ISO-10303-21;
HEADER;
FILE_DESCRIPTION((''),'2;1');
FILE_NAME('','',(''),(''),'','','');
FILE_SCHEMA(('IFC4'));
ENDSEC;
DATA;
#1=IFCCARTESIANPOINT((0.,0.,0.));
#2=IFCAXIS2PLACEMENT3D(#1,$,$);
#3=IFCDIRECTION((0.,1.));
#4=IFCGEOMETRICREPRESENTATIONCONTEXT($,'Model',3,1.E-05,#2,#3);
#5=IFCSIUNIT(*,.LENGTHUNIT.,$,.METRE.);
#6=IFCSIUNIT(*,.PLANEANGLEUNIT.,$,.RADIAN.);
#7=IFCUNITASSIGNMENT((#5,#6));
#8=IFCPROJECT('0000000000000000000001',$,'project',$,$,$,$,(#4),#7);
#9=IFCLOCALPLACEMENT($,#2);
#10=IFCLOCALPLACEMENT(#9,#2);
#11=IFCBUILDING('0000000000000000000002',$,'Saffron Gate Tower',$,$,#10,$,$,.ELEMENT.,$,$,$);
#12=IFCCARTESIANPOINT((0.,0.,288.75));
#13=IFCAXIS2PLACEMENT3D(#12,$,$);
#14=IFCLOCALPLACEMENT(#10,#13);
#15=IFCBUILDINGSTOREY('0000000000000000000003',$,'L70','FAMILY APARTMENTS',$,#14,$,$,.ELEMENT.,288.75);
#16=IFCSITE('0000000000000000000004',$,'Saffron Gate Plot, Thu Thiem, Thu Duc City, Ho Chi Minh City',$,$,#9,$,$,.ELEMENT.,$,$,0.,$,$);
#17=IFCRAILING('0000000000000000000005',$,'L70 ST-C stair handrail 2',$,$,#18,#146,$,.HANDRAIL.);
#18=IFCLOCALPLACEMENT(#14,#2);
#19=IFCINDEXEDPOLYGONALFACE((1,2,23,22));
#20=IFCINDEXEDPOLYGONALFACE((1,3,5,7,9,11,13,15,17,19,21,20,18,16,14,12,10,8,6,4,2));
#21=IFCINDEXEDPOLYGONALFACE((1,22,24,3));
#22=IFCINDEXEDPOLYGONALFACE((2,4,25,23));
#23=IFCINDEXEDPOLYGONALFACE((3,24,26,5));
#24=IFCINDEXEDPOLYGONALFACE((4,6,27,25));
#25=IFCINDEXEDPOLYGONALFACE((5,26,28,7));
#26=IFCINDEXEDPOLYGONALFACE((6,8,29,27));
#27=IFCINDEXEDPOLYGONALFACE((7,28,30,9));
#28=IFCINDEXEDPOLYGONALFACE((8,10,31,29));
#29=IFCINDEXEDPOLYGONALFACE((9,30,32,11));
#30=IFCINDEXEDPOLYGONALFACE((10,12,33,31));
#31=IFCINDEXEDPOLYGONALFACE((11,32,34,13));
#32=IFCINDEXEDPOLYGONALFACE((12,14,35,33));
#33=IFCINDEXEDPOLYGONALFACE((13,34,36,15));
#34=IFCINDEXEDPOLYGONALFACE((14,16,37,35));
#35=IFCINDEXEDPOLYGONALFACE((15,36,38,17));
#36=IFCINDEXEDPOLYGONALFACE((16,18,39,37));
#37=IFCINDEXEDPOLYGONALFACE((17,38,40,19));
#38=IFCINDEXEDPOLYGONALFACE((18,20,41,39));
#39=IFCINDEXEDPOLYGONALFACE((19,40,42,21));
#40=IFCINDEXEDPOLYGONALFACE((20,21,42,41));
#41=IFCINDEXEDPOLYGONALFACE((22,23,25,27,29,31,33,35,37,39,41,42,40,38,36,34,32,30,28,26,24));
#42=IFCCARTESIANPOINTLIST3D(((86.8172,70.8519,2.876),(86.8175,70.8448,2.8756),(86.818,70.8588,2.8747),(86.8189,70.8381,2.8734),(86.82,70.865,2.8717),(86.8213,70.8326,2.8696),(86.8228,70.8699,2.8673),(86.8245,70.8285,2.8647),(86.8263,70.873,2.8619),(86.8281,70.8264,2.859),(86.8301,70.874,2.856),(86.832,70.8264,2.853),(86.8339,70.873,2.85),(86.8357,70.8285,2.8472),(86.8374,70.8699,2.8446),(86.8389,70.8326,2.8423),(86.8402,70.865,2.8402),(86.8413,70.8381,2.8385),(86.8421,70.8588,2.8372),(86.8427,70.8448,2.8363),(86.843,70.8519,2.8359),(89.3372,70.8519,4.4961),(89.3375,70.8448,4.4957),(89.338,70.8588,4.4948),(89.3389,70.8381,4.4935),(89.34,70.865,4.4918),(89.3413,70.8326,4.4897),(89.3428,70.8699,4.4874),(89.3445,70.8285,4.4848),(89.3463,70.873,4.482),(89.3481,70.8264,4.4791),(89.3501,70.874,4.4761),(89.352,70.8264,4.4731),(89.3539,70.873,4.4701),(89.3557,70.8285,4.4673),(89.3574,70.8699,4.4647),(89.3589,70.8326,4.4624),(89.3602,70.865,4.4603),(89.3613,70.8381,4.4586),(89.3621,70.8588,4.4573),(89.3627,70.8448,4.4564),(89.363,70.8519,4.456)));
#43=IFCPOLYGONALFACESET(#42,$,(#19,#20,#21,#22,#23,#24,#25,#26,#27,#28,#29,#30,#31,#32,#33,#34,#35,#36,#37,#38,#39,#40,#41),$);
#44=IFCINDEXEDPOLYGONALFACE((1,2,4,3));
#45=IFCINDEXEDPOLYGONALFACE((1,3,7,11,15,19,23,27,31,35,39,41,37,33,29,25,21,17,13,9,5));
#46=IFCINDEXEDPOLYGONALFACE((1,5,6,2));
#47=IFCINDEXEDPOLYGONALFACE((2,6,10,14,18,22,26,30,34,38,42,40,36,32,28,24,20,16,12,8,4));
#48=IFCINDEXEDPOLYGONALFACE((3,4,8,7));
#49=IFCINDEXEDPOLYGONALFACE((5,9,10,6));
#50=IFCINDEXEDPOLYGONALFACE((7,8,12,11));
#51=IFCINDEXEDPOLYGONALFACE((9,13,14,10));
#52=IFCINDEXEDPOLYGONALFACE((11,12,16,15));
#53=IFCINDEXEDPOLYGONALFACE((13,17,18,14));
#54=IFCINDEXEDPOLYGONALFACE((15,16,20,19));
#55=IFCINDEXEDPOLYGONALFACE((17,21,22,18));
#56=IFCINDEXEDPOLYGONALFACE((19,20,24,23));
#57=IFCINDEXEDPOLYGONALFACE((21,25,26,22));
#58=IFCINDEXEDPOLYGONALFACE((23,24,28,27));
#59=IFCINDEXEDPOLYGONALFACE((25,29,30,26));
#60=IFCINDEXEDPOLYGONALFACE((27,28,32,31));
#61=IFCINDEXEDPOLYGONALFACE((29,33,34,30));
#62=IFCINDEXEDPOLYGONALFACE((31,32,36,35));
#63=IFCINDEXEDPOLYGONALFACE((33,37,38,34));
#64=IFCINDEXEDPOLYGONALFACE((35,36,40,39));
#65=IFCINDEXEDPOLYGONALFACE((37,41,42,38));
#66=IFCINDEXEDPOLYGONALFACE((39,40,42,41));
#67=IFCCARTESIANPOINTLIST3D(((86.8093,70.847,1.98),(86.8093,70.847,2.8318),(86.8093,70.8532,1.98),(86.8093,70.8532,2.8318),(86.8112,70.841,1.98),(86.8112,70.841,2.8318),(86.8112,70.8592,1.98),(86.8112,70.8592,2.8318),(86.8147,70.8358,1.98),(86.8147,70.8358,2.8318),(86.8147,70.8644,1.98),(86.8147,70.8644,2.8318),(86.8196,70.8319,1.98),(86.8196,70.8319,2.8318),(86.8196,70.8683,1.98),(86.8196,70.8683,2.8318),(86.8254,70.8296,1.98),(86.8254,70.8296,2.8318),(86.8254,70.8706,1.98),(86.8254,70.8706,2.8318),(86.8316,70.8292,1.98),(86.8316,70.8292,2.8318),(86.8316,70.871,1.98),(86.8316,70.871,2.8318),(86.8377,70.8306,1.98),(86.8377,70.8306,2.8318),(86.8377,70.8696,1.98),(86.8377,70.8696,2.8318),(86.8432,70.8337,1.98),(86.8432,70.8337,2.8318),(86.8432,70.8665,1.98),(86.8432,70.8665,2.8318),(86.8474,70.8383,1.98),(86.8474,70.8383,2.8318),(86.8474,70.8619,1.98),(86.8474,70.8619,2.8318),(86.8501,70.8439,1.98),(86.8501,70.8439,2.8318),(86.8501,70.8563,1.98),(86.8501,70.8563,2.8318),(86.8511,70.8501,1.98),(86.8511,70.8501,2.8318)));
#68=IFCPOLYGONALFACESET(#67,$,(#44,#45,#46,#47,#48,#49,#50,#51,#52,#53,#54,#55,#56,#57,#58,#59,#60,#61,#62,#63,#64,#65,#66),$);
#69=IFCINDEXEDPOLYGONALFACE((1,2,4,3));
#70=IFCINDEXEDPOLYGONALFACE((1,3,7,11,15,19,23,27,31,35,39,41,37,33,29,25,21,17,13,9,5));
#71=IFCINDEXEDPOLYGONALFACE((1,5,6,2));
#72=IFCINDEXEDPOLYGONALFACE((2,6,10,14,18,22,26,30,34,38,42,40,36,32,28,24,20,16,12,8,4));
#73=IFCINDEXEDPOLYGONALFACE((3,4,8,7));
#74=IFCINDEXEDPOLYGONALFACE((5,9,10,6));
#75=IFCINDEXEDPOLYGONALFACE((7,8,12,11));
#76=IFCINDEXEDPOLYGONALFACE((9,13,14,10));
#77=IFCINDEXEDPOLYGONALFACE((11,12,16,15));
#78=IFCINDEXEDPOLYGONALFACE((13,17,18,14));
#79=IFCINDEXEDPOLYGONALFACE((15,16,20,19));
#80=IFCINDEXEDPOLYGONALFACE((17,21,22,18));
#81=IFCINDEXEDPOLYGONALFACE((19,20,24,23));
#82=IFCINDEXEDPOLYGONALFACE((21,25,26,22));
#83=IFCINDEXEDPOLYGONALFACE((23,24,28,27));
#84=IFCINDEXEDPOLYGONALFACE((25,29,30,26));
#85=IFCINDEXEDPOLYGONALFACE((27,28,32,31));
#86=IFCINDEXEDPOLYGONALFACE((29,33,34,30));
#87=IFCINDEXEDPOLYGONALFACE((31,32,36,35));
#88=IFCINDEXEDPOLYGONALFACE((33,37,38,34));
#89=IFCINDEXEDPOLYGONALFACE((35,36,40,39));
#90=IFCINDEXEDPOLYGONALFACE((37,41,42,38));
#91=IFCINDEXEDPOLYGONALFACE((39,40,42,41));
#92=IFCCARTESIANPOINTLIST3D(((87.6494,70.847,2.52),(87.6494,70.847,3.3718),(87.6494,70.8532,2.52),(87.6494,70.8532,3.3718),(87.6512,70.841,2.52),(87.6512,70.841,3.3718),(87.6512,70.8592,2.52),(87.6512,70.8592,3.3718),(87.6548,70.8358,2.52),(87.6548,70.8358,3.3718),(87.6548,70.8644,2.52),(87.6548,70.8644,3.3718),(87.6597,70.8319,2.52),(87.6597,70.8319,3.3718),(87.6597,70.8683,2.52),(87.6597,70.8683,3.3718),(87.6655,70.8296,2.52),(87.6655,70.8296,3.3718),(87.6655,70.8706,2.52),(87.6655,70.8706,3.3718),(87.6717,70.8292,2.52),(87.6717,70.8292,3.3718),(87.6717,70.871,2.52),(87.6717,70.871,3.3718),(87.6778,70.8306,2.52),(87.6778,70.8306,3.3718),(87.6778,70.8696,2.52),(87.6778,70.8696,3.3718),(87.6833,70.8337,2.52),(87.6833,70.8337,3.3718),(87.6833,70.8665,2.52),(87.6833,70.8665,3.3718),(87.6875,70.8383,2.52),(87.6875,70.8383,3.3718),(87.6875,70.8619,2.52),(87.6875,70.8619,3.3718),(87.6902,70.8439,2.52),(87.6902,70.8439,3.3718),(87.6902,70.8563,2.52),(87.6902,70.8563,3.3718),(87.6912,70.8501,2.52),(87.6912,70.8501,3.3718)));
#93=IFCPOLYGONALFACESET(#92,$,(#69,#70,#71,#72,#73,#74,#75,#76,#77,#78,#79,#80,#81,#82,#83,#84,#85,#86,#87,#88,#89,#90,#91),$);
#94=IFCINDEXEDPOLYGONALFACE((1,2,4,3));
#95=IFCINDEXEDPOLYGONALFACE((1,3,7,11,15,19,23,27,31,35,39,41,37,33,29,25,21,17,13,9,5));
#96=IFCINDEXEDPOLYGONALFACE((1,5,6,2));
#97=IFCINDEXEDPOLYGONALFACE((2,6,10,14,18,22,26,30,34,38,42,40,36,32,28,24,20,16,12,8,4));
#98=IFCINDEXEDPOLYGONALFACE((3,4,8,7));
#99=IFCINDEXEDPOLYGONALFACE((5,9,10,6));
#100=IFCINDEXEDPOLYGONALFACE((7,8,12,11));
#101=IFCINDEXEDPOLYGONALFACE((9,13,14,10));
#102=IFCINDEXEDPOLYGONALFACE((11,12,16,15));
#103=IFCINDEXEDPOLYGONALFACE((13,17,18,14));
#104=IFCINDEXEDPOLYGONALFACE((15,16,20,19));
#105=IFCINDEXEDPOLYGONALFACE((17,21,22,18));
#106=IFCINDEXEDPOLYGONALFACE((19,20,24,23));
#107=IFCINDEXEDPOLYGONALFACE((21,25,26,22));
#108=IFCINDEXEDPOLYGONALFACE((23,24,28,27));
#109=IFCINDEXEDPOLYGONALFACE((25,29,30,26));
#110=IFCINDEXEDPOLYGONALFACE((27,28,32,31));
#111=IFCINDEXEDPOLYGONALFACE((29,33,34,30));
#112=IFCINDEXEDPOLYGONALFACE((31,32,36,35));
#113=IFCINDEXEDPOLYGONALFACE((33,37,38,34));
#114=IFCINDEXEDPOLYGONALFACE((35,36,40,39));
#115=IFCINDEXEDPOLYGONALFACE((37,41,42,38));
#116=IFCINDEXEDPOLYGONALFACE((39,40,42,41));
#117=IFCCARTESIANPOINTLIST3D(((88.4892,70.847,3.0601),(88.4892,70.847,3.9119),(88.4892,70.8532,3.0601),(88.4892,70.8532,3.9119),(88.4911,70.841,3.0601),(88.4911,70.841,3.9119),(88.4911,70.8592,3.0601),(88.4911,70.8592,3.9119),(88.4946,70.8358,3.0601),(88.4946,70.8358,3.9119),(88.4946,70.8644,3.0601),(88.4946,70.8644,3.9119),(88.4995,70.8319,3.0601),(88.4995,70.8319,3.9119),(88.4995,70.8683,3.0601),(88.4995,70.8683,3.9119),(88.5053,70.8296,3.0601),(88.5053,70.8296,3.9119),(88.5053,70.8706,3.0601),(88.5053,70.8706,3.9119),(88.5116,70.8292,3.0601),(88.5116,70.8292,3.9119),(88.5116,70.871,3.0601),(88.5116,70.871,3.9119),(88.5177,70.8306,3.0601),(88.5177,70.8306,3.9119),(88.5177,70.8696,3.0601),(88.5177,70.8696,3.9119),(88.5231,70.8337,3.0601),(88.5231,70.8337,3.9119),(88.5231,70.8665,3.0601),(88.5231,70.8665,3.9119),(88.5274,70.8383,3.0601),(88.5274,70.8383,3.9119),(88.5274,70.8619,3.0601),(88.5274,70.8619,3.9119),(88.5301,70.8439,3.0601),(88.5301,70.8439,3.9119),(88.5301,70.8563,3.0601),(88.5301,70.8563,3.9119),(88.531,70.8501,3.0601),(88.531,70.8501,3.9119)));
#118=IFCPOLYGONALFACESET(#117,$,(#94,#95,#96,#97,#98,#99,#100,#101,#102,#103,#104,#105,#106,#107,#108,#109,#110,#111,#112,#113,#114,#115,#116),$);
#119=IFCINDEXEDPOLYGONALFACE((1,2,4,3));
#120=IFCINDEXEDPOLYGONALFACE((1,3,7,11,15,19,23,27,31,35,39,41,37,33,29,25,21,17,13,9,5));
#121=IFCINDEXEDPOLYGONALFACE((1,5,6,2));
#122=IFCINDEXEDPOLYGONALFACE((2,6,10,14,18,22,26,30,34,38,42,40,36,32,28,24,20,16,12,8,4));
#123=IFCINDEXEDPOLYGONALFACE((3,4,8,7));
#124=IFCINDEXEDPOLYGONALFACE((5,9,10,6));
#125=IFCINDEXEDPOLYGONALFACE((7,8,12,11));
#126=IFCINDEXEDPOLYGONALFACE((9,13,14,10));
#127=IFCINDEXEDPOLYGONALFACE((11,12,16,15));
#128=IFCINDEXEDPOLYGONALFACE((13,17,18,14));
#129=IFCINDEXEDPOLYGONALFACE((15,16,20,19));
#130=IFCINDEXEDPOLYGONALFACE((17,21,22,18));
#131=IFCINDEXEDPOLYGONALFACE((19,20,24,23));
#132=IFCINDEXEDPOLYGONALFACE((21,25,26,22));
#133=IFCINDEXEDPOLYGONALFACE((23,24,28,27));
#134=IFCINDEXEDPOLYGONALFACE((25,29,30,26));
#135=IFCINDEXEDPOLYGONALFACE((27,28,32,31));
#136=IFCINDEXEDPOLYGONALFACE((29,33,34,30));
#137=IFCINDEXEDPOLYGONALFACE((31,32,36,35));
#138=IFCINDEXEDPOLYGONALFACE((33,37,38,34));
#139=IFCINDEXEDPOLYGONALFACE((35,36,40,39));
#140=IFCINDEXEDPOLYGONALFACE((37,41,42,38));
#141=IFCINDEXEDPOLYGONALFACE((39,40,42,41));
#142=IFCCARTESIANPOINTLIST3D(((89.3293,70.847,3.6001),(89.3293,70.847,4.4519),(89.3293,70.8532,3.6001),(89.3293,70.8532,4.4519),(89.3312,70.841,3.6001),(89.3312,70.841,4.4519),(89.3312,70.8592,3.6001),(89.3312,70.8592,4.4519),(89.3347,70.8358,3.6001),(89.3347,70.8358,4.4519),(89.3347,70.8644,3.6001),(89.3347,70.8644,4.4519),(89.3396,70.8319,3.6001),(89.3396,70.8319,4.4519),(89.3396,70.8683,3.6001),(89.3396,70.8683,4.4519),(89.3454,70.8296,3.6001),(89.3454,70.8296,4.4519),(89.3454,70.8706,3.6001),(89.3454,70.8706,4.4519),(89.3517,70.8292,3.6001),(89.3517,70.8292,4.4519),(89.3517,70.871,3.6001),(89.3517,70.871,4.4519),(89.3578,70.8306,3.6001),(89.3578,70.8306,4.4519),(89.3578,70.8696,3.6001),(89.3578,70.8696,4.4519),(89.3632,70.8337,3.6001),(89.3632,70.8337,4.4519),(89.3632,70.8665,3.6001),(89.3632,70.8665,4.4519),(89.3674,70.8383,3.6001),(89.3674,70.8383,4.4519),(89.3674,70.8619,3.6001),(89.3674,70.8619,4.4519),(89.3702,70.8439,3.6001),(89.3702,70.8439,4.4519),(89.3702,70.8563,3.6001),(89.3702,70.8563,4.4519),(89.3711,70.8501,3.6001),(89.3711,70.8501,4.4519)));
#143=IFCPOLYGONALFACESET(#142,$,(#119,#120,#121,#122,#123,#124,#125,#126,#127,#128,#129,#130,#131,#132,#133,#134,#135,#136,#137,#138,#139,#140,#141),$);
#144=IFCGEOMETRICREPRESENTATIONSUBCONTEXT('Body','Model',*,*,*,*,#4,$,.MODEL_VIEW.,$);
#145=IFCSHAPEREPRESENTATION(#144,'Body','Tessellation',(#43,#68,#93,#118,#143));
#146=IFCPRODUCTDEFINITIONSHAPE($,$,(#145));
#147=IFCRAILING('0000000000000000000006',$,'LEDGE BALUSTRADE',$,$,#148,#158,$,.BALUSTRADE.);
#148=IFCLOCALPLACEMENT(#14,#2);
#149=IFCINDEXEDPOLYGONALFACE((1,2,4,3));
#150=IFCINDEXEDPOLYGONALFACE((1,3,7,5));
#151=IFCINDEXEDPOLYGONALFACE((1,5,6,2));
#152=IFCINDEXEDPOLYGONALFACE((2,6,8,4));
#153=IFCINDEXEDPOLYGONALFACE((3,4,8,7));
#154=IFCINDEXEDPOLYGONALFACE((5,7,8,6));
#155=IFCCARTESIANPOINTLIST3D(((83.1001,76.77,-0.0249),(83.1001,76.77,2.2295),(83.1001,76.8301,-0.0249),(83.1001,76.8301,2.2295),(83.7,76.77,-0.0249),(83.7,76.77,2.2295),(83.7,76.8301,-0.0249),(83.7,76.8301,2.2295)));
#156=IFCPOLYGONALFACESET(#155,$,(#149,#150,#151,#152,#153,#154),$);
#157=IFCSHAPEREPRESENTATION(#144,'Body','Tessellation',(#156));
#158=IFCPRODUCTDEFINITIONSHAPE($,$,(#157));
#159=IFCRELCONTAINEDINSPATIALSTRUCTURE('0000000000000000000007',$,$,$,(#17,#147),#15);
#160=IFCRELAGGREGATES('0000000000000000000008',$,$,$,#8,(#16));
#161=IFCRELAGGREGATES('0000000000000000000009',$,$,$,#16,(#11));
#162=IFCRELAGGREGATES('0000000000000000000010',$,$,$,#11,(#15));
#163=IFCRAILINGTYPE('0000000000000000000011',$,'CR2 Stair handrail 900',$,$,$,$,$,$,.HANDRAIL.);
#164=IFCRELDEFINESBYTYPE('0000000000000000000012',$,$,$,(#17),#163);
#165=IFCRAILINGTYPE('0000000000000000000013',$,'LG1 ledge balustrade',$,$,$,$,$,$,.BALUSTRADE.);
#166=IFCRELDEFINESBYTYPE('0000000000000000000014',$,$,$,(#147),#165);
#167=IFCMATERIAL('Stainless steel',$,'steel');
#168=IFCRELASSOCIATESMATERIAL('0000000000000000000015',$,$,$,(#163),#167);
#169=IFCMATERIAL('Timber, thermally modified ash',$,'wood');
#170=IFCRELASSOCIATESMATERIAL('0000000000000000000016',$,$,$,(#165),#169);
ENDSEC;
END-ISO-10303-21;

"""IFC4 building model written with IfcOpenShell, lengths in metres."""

from ifc_helpers import new_model, si_unit, direction, frame, origin, origin_2d, place, context, subcontext, project, spatial, rectangle, circle, extrude, material, type_object, element, save


model = new_model("IFC4")

# Units and contexts
model_context = context("Model", 3, precision=1e-05, world=origin(), true_north=direction((0.0, 1.0)))
body_context = subcontext(model_context, "Body", "Model", "MODEL_VIEW")
ifc_project = project(units=[si_unit("LENGTHUNIT", "METRE"), si_unit("PLANEANGLEUNIT", "RADIAN")], contexts=[model_context])

# Site, building, storey
site_placement = place(None, origin())
site = spatial("IfcSite", under=ifc_project, at=site_placement, Name="Saffron Gate Plot, Thu Thiem, Thu Duc City, Ho Chi Minh City", CompositionType="ELEMENT", RefElevation=0.0)
building_placement = place(site_placement, origin())
building = spatial("IfcBuilding", under=site, at=building_placement, Name="Saffron Gate Tower", CompositionType="ELEMENT")
storey_placement = place(building_placement, frame((0.0, 0.0, 288.75)))
storey = spatial("IfcBuildingStorey", under=building, at=storey_placement, Name="L70", Description="FAMILY APARTMENTS", CompositionType="ELEMENT", Elevation=288.75)

# Railings
ifc_material_1 = material(Name="Stainless steel", Category="steel")
railing_type_1 = type_object("IfcRailingType", Name="CR2 Stair handrail 900", PredefinedType="HANDRAIL", material=ifc_material_1)
railing_1_placement = place(storey_placement, frame((86.8301, 70.8501, 1.98)))
element("IfcRailing", 1, at=railing_1_placement, inside=storey, type_object=railing_type_1, Name="L70 ST-C stair handrail 2", PredefinedType="HANDRAIL", context=body_context, shape_type="SweptSolid", body=[
    extrude(circle(Radius=0.0239, at=origin_2d()), frame((0.0, 0.0, 0.876), z_axis=(0.841163, 0.0, 0.540782), x_axis=(0.0, 1.0, 0.0)), (0.0, 0.0, 1.0), 2.9958),
    extrude(circle(Radius=0.021, at=origin_2d()), origin(), (0.0, 0.0, 1.0), 0.8518),
    extrude(circle(Radius=0.021, at=origin_2d()), frame((0.8401, 0.0, 0.54)), (0.0, 0.0, 1.0), 0.8518),
    extrude(circle(Radius=0.021, at=origin_2d()), frame((1.6799, 0.0, 1.0801)), (0.0, 0.0, 1.0), 0.8518),
    extrude(circle(Radius=0.021, at=origin_2d()), frame((2.52, 0.0, 1.6201)), (0.0, 0.0, 1.0), 0.8518),
])
ifc_material_2 = material(Name="Timber, thermally modified ash", Category="wood")
railing_type_2 = type_object("IfcRailingType", Name="LG1 ledge balustrade", PredefinedType="BALUSTRADE", material=ifc_material_2)
railing_2_placement = place(storey_placement, frame((83.7, 76.8, -0.0249)))
element("IfcRailing", 2, at=railing_2_placement, inside=storey, type_object=railing_type_2, Name="LEDGE BALUSTRADE", PredefinedType="BALUSTRADE", context=body_context, shape_type="SweptSolid", body=[
    extrude(rectangle(XDim=0.0601, YDim=2.2544, at=origin_2d()), frame((0.0, 0.0, 1.1272), z_axis=(-1.0, 0.0, 0.0), x_axis=(0.0, -1.0, 0.0)), (0.0, 0.0, 1.0), 0.5999),
])

save(model, "model.ifc")
